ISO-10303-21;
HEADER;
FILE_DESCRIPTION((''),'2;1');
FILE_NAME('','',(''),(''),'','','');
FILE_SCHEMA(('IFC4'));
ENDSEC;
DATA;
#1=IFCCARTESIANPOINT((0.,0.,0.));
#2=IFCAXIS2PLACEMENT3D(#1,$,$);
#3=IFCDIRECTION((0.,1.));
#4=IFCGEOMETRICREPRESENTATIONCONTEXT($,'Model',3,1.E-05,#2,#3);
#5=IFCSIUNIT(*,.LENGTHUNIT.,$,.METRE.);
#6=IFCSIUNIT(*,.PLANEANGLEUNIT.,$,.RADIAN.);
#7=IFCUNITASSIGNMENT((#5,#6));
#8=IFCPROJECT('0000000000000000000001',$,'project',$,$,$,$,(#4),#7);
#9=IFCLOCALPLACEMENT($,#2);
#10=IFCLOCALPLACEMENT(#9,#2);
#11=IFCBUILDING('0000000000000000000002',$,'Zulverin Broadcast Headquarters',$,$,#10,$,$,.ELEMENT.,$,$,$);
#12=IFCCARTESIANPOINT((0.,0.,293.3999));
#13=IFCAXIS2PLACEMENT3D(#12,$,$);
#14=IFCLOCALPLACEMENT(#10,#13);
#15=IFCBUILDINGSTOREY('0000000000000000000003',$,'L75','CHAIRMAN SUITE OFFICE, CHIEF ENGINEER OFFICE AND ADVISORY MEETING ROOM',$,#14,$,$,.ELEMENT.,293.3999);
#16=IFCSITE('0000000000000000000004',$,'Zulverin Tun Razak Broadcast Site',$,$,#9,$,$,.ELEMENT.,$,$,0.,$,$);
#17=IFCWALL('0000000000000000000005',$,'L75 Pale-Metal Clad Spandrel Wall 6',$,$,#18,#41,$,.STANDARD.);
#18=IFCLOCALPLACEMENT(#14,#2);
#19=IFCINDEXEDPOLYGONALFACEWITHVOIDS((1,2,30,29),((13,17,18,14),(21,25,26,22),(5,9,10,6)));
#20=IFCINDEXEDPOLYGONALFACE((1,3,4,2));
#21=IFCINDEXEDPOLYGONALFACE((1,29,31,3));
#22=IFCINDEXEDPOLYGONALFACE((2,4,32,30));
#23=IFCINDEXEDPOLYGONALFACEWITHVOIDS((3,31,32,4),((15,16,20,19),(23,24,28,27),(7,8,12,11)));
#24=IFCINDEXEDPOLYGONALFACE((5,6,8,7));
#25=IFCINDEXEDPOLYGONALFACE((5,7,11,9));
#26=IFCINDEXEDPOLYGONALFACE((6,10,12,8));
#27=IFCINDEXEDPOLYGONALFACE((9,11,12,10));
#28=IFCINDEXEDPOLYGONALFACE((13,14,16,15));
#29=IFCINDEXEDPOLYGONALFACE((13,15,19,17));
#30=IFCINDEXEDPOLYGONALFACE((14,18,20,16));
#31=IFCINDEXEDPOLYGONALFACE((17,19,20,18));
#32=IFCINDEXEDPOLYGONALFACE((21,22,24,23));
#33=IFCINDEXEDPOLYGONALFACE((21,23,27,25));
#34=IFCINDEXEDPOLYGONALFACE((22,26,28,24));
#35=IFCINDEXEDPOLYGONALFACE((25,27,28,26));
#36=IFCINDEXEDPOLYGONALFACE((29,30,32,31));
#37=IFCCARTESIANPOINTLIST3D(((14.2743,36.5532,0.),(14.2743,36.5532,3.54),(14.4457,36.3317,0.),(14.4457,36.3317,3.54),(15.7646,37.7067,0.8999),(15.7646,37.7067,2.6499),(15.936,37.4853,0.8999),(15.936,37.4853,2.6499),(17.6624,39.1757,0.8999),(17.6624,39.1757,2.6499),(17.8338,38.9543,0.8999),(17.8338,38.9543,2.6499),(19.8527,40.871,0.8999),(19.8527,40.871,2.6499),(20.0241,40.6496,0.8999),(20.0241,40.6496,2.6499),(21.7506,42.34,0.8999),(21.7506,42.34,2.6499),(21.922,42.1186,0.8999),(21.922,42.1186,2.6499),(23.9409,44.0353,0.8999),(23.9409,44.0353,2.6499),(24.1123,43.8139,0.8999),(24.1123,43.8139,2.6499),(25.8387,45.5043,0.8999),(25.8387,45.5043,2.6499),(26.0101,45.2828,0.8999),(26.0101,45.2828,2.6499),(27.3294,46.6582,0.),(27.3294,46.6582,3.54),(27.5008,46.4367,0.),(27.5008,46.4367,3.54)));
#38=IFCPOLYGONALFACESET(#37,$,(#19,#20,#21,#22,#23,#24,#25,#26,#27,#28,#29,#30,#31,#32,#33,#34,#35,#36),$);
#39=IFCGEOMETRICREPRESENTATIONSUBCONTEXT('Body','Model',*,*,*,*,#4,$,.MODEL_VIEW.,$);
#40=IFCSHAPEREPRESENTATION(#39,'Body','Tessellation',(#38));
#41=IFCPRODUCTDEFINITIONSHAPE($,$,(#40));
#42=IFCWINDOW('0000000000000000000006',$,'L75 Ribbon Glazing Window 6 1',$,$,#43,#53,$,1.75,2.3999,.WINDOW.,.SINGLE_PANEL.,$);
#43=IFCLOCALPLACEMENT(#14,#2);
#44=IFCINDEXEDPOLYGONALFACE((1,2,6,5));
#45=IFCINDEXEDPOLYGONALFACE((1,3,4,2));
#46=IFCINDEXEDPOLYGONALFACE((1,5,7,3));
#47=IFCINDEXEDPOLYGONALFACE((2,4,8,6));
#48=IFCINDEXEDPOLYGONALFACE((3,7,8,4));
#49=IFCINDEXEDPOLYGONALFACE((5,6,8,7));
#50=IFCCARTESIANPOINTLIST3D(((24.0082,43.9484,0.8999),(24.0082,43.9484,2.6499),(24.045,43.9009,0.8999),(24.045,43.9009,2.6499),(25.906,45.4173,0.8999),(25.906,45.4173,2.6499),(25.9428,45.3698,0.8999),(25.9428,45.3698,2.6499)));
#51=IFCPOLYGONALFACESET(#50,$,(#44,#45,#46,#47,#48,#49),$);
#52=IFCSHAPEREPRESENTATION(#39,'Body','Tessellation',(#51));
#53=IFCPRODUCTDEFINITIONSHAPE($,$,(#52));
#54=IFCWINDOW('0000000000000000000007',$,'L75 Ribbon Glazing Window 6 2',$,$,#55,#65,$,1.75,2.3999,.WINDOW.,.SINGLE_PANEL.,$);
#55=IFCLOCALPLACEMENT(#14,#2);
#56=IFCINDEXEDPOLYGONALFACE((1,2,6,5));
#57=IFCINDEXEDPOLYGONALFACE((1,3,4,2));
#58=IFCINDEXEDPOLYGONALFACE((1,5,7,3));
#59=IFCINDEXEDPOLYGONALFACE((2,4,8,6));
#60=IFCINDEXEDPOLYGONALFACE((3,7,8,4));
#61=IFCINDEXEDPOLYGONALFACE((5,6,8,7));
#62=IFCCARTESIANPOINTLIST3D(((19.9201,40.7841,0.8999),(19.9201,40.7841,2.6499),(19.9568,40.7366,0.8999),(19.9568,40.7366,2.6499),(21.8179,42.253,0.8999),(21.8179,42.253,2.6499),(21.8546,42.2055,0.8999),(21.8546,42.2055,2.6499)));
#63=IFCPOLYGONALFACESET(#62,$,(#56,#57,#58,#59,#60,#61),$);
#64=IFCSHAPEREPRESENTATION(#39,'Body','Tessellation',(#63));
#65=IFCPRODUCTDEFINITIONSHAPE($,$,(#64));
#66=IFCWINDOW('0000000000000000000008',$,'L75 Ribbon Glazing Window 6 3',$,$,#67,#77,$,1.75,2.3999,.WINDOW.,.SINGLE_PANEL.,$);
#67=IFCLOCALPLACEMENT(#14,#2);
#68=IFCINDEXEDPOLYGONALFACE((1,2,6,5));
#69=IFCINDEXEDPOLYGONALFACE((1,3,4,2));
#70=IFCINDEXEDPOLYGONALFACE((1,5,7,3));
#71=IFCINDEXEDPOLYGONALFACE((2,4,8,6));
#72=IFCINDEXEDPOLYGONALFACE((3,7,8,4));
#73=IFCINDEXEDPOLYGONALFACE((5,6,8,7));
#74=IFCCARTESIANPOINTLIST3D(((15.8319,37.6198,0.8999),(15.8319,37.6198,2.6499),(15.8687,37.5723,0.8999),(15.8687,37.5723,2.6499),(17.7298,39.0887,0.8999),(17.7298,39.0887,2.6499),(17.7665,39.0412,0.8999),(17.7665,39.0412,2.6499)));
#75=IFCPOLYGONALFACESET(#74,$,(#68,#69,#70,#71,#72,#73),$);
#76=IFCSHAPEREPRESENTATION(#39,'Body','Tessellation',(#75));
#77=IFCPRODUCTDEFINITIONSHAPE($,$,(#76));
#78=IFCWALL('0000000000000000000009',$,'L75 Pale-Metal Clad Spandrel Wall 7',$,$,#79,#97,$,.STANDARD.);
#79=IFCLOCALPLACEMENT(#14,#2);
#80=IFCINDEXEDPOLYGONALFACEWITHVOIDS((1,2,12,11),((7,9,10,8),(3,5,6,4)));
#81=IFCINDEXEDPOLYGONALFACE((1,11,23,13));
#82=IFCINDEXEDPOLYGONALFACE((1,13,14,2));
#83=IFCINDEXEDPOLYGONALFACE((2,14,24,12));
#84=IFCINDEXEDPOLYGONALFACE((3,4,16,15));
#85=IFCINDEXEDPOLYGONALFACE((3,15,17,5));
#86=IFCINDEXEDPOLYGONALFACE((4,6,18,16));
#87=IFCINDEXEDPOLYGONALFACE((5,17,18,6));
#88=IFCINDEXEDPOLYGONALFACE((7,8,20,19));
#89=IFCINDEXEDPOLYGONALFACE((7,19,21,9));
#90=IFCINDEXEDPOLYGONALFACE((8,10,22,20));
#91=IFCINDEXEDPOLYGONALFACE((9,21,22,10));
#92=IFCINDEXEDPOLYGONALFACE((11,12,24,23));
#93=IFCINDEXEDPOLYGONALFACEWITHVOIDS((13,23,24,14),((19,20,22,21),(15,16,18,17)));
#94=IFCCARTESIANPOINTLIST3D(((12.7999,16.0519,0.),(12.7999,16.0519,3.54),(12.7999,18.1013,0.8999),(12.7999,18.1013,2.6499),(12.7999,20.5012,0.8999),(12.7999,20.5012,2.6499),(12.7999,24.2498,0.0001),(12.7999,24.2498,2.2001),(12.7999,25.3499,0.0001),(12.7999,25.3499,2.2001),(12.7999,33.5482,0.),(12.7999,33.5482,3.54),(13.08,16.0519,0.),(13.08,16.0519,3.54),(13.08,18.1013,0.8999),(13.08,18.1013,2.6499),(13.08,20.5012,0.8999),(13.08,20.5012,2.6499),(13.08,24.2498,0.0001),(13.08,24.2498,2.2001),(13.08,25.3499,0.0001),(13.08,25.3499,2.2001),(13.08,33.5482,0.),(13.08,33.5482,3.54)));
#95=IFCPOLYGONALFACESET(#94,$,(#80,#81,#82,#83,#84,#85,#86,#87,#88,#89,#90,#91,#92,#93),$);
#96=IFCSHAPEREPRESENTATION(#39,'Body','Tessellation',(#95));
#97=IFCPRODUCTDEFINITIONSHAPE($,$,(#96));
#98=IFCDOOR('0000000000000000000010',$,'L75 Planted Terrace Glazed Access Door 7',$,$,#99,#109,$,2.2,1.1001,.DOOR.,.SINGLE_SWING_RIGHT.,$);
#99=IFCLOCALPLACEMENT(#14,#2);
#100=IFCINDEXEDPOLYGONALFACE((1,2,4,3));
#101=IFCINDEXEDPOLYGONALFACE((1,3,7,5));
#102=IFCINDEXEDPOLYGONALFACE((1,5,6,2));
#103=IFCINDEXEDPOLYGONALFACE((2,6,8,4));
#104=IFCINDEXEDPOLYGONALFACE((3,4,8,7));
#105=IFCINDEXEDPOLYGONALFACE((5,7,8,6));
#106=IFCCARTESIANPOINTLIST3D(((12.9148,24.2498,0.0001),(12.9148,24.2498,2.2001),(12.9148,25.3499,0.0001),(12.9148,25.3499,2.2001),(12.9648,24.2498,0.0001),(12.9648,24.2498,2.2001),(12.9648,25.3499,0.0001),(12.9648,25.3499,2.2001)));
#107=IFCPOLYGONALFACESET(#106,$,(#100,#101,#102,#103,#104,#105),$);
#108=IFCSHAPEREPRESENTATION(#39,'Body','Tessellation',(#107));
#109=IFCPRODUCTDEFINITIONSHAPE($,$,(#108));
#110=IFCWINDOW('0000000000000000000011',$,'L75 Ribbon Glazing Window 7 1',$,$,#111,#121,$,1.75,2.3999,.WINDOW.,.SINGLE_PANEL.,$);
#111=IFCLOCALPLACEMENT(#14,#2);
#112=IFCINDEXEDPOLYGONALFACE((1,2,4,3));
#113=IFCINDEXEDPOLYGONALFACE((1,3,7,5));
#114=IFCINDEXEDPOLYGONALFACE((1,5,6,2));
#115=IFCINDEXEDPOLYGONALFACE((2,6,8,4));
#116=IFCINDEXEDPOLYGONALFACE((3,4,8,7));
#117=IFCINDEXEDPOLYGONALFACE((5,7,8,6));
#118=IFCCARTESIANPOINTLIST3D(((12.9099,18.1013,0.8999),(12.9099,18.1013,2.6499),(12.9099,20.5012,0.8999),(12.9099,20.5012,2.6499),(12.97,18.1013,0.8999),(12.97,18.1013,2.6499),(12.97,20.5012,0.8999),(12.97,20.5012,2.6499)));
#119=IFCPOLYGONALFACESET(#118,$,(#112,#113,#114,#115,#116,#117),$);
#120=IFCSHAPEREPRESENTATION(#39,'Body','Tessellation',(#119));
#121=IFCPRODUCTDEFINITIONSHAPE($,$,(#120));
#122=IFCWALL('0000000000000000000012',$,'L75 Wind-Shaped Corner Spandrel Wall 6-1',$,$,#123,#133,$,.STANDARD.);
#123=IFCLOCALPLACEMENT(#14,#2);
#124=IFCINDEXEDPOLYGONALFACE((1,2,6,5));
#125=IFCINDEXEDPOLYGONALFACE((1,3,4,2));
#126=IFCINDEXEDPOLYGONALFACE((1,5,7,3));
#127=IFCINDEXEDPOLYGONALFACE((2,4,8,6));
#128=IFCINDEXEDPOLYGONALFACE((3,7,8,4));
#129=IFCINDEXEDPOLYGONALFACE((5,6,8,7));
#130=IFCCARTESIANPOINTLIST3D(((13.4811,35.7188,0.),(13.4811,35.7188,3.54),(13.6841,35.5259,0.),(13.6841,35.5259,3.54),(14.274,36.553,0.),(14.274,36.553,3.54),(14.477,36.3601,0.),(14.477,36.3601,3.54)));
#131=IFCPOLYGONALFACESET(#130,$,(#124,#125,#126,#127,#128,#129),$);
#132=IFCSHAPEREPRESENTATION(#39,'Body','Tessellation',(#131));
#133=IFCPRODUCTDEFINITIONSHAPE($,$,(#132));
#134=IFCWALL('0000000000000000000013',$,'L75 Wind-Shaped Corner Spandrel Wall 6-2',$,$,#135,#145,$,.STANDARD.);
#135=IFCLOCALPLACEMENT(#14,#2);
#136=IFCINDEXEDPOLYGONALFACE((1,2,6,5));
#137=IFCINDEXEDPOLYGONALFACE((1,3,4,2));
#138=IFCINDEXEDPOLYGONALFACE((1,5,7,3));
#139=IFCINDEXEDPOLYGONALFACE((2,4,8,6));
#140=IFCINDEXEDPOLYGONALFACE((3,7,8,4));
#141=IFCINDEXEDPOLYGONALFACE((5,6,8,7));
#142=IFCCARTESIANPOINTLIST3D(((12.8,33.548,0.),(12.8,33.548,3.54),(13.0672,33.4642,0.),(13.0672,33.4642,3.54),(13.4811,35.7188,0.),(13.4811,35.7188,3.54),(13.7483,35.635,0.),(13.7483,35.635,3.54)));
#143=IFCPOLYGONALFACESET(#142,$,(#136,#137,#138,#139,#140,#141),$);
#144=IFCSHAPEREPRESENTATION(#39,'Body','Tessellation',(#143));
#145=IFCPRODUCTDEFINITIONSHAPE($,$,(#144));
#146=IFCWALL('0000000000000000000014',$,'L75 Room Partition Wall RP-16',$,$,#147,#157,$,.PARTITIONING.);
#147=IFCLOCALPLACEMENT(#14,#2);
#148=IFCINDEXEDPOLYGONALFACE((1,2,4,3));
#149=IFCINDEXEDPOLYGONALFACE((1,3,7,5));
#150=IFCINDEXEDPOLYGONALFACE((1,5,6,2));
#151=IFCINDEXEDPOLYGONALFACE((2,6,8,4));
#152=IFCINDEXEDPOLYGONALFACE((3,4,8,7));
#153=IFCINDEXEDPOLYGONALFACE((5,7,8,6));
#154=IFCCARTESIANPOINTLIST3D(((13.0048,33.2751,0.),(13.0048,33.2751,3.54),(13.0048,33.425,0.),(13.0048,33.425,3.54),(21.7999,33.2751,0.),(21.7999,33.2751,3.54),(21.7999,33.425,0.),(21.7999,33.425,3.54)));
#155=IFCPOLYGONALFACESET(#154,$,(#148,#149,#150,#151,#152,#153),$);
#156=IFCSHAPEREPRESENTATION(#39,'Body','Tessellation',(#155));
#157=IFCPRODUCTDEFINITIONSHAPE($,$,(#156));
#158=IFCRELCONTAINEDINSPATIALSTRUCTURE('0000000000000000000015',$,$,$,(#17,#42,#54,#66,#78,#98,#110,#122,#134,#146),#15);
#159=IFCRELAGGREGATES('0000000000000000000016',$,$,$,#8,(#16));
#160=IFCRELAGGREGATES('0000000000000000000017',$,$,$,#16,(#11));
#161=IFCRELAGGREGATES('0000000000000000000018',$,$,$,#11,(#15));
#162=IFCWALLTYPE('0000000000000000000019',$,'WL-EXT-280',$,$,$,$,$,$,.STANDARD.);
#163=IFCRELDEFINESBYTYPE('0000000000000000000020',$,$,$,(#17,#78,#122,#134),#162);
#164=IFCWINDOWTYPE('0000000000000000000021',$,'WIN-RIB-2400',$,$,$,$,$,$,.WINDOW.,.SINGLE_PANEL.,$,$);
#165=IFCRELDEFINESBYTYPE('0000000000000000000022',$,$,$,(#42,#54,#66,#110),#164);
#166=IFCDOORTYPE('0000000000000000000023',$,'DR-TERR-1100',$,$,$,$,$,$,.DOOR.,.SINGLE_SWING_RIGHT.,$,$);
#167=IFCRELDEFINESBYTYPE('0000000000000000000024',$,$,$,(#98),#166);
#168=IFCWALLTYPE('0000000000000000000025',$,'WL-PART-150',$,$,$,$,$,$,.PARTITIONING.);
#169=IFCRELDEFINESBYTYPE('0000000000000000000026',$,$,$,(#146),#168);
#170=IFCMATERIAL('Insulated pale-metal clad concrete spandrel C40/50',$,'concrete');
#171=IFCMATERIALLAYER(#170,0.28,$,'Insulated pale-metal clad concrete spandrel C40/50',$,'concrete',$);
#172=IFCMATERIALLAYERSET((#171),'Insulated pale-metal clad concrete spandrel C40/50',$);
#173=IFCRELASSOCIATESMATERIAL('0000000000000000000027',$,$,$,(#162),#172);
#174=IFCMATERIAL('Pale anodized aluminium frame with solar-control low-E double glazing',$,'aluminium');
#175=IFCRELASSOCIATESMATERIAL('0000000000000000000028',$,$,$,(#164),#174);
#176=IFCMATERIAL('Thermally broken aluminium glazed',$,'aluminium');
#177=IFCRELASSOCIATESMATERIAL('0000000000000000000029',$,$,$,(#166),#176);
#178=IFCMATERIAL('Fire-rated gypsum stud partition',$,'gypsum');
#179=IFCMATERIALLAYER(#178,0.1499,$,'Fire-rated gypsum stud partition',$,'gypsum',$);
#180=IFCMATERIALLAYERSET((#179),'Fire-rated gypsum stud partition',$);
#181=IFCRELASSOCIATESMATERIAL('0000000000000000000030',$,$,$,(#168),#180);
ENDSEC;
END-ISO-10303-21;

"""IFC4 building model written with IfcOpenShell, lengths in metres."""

from ifc_helpers import new_model, si_unit, direction, frame, frame_2d, origin, place, context, subcontext, project, spatial, rectangle, extrude, material, layer, layer_set, type_object, element, fill, save


model = new_model("IFC4")

# Units and contexts
model_context = context("Model", 3, precision=1e-05, world=origin(), true_north=direction((0.0, 1.0)))
body_context = subcontext(model_context, "Body", "Model", "MODEL_VIEW")
ifc_project = project(units=[si_unit("LENGTHUNIT", "METRE"), si_unit("PLANEANGLEUNIT", "RADIAN")], contexts=[model_context])

# Site, building, storey
site_placement = place(None, origin())
site = spatial("IfcSite", under=ifc_project, at=site_placement, Name="Zulverin Tun Razak Broadcast Site", CompositionType="ELEMENT", RefElevation=0.0)
building_placement = place(site_placement, origin())
building = spatial("IfcBuilding", under=site, at=building_placement, Name="Zulverin Broadcast Headquarters", CompositionType="ELEMENT")
storey_placement = place(building_placement, frame((0.0, 0.0, 293.3999)))
storey = spatial("IfcBuildingStorey", under=building, at=storey_placement, Name="L75", Description="CHAIRMAN SUITE OFFICE, CHIEF ENGINEER OFFICE AND ADVISORY MEETING ROOM", CompositionType="ELEMENT", Elevation=293.3999)

# Wall, openings, windows
ifc_material_1 = material(Name="Insulated pale-metal clad concrete spandrel C40/50", Category="concrete")
ifc_layer_1 = layer(ifc_material_1, 0.28, Name="Insulated pale-metal clad concrete spandrel C40/50", Category="concrete")
ifc_layer_set_1 = layer_set([ifc_layer_1], Name="Insulated pale-metal clad concrete spandrel C40/50")
wall_type_1 = type_object("IfcWallType", Name="WL-EXT-280", PredefinedType="STANDARD", material=ifc_layer_set_1)
wall_1_placement = place(storey_placement, frame((27.415, 46.5474, 0.0), z_axis=(0.0, 0.0, 1.0), x_axis=(-0.79079, -0.612088, 0.0)))
wall_1 = element("IfcWall", 1, at=wall_1_placement, inside=storey, type_object=wall_type_1, Name="L75 Pale-Metal Clad Spandrel Wall 6", PredefinedType="STANDARD", context=body_context, shape_type="SweptSolid", body=[
    extrude(rectangle(XDim=16.509, YDim=0.28, at=frame_2d((8.2544, 0.0))), origin(), (0.0, 0.0, 1.0), 3.54),
])
opening_1_placement = place(wall_1_placement, frame((1.885, 0.0, 0.8999)))
opening_1 = element("IfcOpeningElement", 2, at=opening_1_placement, cuts=wall_1, PredefinedType="OPENING", context=body_context, shape_type="SweptSolid", body=[
    extrude(rectangle(XDim=2.3999, YDim=1.75, at=frame_2d((1.2, 0.875))), frame((0.0, 0.1499, 0.0), z_axis=(0.0, -1.0, 0.0), x_axis=(1.0, 0.0, 0.0)), (0.0, 0.0, 1.0), 0.3),
])
opening_2_placement = place(wall_1_placement, frame((7.0547, 0.0, 0.8999)))
opening_2 = element("IfcOpeningElement", 3, at=opening_2_placement, cuts=wall_1, PredefinedType="OPENING", context=body_context, shape_type="SweptSolid", body=[
    extrude(rectangle(XDim=2.3999, YDim=1.75, at=frame_2d((1.2, 0.875))), frame((0.0, 0.1499, 0.0), z_axis=(0.0, -1.0, 0.0), x_axis=(1.0, 0.0, 0.0)), (0.0, 0.0, 1.0), 0.3),
])
opening_3_placement = place(wall_1_placement, frame((12.2244, 0.0, 0.8999)))
opening_3 = element("IfcOpeningElement", 4, at=opening_3_placement, cuts=wall_1, PredefinedType="OPENING", context=body_context, shape_type="SweptSolid", body=[
    extrude(rectangle(XDim=2.3999, YDim=1.75, at=frame_2d((1.2, 0.875))), frame((0.0, 0.1499, 0.0), z_axis=(0.0, -1.0, 0.0), x_axis=(1.0, 0.0, 0.0)), (0.0, 0.0, 1.0), 0.3),
])
ifc_material_2 = material(Name="Pale anodized aluminium frame with solar-control low-E double glazing", Category="aluminium")
window_type = type_object("IfcWindowType", Name="WIN-RIB-2400", PartitioningType="SINGLE_PANEL", PredefinedType="WINDOW", material=ifc_material_2)
window_1_placement = place(opening_1_placement, origin())
window_1 = element("IfcWindow", 5, at=window_1_placement, inside=storey, type_object=window_type, Name="L75 Ribbon Glazing Window 6 1", OverallHeight=1.75, OverallWidth=2.3999, PartitioningType="SINGLE_PANEL", PredefinedType="WINDOW", context=body_context, shape_type="SweptSolid", body=[
    extrude(rectangle(XDim=2.3999, YDim=1.75, at=frame_2d((1.2, 0.875))), frame((0.0, 0.03, 0.0), z_axis=(0.0, -1.0, 0.0), x_axis=(1.0, 0.0, 0.0)), (0.0, 0.0, 1.0), 0.0601),
])
fill(opening_1, window_1)
window_2_placement = place(opening_2_placement, origin())
window_2 = element("IfcWindow", 6, at=window_2_placement, inside=storey, type_object=window_type, Name="L75 Ribbon Glazing Window 6 2", OverallHeight=1.75, OverallWidth=2.3999, PartitioningType="SINGLE_PANEL", PredefinedType="WINDOW", context=body_context, shape_type="SweptSolid", body=[
    extrude(rectangle(XDim=2.3999, YDim=1.75, at=frame_2d((1.2, 0.875))), frame((0.0, 0.03, 0.0), z_axis=(0.0, -1.0, 0.0), x_axis=(1.0, 0.0, 0.0)), (0.0, 0.0, 1.0), 0.0601),
])
fill(opening_2, window_2)
window_3_placement = place(opening_3_placement, origin())
window_3 = element("IfcWindow", 7, at=window_3_placement, inside=storey, type_object=window_type, Name="L75 Ribbon Glazing Window 6 3", OverallHeight=1.75, OverallWidth=2.3999, PartitioningType="SINGLE_PANEL", PredefinedType="WINDOW", context=body_context, shape_type="SweptSolid", body=[
    extrude(rectangle(XDim=2.3999, YDim=1.75, at=frame_2d((1.2, 0.875))), frame((0.0, 0.03, 0.0), z_axis=(0.0, -1.0, 0.0), x_axis=(1.0, 0.0, 0.0)), (0.0, 0.0, 1.0), 0.0601),
])
fill(opening_3, window_3)

# Wall, openings, door, window
wall_2_placement = place(storey_placement, frame((12.9399, 33.5481, 0.0), z_axis=(0.0, 0.0, 1.0), x_axis=(0.0, -1.0, 0.0)))
wall_2 = element("IfcWall", 8, at=wall_2_placement, inside=storey, type_object=wall_type_1, Name="L75 Pale-Metal Clad Spandrel Wall 7", PredefinedType="STANDARD", context=body_context, shape_type="SweptSolid", body=[
    extrude(rectangle(XDim=17.4963, YDim=0.28, at=frame_2d((8.748, 0.0))), origin(), (0.0, 0.0, 1.0), 3.54),
])
opening_4_placement = place(wall_2_placement, frame((8.1982, 0.0, 0.0)))
opening_4 = element("IfcOpeningElement", 9, at=opening_4_placement, cuts=wall_2, PredefinedType="OPENING", context=body_context, shape_type="SweptSolid", body=[
    extrude(rectangle(XDim=1.1001, YDim=2.2, at=frame_2d((0.55, 1.1001))), frame((0.0, 0.1499, 0.0), z_axis=(0.0, -1.0, 0.0), x_axis=(1.0, 0.0, 0.0)), (0.0, 0.0, 1.0), 0.3),
])
opening_5_placement = place(wall_2_placement, frame((13.0469, 0.0, 0.8999)))
opening_5 = element("IfcOpeningElement", 10, at=opening_5_placement, cuts=wall_2, PredefinedType="OPENING", context=body_context, shape_type="SweptSolid", body=[
    extrude(rectangle(XDim=2.3999, YDim=1.75, at=frame_2d((1.2, 0.875))), frame((0.0, 0.1499, 0.0), z_axis=(0.0, -1.0, 0.0), x_axis=(1.0, 0.0, 0.0)), (0.0, 0.0, 1.0), 0.3),
])
ifc_material_3 = material(Name="Thermally broken aluminium glazed", Category="aluminium")
door_type_1 = type_object("IfcDoorType", Name="DR-TERR-1100", OperationType="SINGLE_SWING_RIGHT", PredefinedType="DOOR", material=ifc_material_3)
door_1_placement = place(opening_4_placement, origin())
door_1 = element("IfcDoor", 11, at=door_1_placement, inside=storey, type_object=door_type_1, Name="L75 Planted Terrace Glazed Access Door 7", OperationType="SINGLE_SWING_RIGHT", OverallHeight=2.2, OverallWidth=1.1001, PredefinedType="DOOR", context=body_context, shape_type="SweptSolid", body=[
    extrude(rectangle(XDim=1.1001, YDim=2.2, at=frame_2d((0.55, 1.1001))), frame((0.0, 0.0249, 0.0), z_axis=(0.0, -1.0, 0.0), x_axis=(1.0, 0.0, 0.0)), (0.0, 0.0, 1.0), 0.05),
])
fill(opening_4, door_1)
window_4_placement = place(opening_5_placement, origin())
window_4 = element("IfcWindow", 12, at=window_4_placement, inside=storey, type_object=window_type, Name="L75 Ribbon Glazing Window 7 1", OverallHeight=1.75, OverallWidth=2.3999, PartitioningType="SINGLE_PANEL", PredefinedType="WINDOW", context=body_context, shape_type="SweptSolid", body=[
    extrude(rectangle(XDim=2.3999, YDim=1.75, at=frame_2d((1.2, 0.875))), frame((0.0, 0.03, 0.0), z_axis=(0.0, -1.0, 0.0), x_axis=(1.0, 0.0, 0.0)), (0.0, 0.0, 1.0), 0.0601),
])
fill(opening_5, window_4)

# Walls
wall_3_placement = place(storey_placement, frame((14.3755, 36.4565, 0.0), z_axis=(0.0, 0.0, 1.0), x_axis=(-0.688956, -0.724803, 0.0)))
element("IfcWall", 13, at=wall_3_placement, inside=storey, type_object=wall_type_1, Name="L75 Wind-Shaped Corner Spandrel Wall 6-1", PredefinedType="STANDARD", context=body_context, shape_type="SweptSolid", body=[
    extrude(rectangle(XDim=1.1509, YDim=0.28, at=frame_2d((0.5754, 0.0))), origin(), (0.0, 0.0, 1.0), 3.54),
])
wall_4_placement = place(storey_placement, frame((13.6147, 35.677, 0.0), z_axis=(0.0, 0.0, 1.0), x_axis=(-0.299375, -0.954136, 0.0)))
element("IfcWall", 14, at=wall_4_placement, inside=storey, type_object=wall_type_1, Name="L75 Wind-Shaped Corner Spandrel Wall 6-2", PredefinedType="STANDARD", context=body_context, shape_type="SweptSolid", body=[
    extrude(rectangle(XDim=2.2751, YDim=0.28, at=frame_2d((1.1377, 0.0))), origin(), (0.0, 0.0, 1.0), 3.54),
])
ifc_material_4 = material(Name="Fire-rated gypsum stud partition", Category="gypsum")
ifc_layer_2 = layer(ifc_material_4, 0.1499, Name="Fire-rated gypsum stud partition", Category="gypsum")
ifc_layer_set_2 = layer_set([ifc_layer_2], Name="Fire-rated gypsum stud partition")
wall_type_2 = type_object("IfcWallType", Name="WL-PART-150", PredefinedType="PARTITIONING", material=ifc_layer_set_2)
wall_5_placement = place(storey_placement, frame((13.0049, 33.3501, 0.0), z_axis=(0.0, 0.0, 1.0), x_axis=(1.0, 0.0, 0.0)))
element("IfcWall", 15, at=wall_5_placement, inside=storey, type_object=wall_type_2, Name="L75 Room Partition Wall RP-16", PredefinedType="PARTITIONING", context=body_context, shape_type="SweptSolid", body=[
    extrude(rectangle(XDim=8.7952, YDim=0.1499, at=frame_2d((4.3975, 0.0))), origin(), (0.0, 0.0, 1.0), 3.54),
])

save(model, "model.ifc")
